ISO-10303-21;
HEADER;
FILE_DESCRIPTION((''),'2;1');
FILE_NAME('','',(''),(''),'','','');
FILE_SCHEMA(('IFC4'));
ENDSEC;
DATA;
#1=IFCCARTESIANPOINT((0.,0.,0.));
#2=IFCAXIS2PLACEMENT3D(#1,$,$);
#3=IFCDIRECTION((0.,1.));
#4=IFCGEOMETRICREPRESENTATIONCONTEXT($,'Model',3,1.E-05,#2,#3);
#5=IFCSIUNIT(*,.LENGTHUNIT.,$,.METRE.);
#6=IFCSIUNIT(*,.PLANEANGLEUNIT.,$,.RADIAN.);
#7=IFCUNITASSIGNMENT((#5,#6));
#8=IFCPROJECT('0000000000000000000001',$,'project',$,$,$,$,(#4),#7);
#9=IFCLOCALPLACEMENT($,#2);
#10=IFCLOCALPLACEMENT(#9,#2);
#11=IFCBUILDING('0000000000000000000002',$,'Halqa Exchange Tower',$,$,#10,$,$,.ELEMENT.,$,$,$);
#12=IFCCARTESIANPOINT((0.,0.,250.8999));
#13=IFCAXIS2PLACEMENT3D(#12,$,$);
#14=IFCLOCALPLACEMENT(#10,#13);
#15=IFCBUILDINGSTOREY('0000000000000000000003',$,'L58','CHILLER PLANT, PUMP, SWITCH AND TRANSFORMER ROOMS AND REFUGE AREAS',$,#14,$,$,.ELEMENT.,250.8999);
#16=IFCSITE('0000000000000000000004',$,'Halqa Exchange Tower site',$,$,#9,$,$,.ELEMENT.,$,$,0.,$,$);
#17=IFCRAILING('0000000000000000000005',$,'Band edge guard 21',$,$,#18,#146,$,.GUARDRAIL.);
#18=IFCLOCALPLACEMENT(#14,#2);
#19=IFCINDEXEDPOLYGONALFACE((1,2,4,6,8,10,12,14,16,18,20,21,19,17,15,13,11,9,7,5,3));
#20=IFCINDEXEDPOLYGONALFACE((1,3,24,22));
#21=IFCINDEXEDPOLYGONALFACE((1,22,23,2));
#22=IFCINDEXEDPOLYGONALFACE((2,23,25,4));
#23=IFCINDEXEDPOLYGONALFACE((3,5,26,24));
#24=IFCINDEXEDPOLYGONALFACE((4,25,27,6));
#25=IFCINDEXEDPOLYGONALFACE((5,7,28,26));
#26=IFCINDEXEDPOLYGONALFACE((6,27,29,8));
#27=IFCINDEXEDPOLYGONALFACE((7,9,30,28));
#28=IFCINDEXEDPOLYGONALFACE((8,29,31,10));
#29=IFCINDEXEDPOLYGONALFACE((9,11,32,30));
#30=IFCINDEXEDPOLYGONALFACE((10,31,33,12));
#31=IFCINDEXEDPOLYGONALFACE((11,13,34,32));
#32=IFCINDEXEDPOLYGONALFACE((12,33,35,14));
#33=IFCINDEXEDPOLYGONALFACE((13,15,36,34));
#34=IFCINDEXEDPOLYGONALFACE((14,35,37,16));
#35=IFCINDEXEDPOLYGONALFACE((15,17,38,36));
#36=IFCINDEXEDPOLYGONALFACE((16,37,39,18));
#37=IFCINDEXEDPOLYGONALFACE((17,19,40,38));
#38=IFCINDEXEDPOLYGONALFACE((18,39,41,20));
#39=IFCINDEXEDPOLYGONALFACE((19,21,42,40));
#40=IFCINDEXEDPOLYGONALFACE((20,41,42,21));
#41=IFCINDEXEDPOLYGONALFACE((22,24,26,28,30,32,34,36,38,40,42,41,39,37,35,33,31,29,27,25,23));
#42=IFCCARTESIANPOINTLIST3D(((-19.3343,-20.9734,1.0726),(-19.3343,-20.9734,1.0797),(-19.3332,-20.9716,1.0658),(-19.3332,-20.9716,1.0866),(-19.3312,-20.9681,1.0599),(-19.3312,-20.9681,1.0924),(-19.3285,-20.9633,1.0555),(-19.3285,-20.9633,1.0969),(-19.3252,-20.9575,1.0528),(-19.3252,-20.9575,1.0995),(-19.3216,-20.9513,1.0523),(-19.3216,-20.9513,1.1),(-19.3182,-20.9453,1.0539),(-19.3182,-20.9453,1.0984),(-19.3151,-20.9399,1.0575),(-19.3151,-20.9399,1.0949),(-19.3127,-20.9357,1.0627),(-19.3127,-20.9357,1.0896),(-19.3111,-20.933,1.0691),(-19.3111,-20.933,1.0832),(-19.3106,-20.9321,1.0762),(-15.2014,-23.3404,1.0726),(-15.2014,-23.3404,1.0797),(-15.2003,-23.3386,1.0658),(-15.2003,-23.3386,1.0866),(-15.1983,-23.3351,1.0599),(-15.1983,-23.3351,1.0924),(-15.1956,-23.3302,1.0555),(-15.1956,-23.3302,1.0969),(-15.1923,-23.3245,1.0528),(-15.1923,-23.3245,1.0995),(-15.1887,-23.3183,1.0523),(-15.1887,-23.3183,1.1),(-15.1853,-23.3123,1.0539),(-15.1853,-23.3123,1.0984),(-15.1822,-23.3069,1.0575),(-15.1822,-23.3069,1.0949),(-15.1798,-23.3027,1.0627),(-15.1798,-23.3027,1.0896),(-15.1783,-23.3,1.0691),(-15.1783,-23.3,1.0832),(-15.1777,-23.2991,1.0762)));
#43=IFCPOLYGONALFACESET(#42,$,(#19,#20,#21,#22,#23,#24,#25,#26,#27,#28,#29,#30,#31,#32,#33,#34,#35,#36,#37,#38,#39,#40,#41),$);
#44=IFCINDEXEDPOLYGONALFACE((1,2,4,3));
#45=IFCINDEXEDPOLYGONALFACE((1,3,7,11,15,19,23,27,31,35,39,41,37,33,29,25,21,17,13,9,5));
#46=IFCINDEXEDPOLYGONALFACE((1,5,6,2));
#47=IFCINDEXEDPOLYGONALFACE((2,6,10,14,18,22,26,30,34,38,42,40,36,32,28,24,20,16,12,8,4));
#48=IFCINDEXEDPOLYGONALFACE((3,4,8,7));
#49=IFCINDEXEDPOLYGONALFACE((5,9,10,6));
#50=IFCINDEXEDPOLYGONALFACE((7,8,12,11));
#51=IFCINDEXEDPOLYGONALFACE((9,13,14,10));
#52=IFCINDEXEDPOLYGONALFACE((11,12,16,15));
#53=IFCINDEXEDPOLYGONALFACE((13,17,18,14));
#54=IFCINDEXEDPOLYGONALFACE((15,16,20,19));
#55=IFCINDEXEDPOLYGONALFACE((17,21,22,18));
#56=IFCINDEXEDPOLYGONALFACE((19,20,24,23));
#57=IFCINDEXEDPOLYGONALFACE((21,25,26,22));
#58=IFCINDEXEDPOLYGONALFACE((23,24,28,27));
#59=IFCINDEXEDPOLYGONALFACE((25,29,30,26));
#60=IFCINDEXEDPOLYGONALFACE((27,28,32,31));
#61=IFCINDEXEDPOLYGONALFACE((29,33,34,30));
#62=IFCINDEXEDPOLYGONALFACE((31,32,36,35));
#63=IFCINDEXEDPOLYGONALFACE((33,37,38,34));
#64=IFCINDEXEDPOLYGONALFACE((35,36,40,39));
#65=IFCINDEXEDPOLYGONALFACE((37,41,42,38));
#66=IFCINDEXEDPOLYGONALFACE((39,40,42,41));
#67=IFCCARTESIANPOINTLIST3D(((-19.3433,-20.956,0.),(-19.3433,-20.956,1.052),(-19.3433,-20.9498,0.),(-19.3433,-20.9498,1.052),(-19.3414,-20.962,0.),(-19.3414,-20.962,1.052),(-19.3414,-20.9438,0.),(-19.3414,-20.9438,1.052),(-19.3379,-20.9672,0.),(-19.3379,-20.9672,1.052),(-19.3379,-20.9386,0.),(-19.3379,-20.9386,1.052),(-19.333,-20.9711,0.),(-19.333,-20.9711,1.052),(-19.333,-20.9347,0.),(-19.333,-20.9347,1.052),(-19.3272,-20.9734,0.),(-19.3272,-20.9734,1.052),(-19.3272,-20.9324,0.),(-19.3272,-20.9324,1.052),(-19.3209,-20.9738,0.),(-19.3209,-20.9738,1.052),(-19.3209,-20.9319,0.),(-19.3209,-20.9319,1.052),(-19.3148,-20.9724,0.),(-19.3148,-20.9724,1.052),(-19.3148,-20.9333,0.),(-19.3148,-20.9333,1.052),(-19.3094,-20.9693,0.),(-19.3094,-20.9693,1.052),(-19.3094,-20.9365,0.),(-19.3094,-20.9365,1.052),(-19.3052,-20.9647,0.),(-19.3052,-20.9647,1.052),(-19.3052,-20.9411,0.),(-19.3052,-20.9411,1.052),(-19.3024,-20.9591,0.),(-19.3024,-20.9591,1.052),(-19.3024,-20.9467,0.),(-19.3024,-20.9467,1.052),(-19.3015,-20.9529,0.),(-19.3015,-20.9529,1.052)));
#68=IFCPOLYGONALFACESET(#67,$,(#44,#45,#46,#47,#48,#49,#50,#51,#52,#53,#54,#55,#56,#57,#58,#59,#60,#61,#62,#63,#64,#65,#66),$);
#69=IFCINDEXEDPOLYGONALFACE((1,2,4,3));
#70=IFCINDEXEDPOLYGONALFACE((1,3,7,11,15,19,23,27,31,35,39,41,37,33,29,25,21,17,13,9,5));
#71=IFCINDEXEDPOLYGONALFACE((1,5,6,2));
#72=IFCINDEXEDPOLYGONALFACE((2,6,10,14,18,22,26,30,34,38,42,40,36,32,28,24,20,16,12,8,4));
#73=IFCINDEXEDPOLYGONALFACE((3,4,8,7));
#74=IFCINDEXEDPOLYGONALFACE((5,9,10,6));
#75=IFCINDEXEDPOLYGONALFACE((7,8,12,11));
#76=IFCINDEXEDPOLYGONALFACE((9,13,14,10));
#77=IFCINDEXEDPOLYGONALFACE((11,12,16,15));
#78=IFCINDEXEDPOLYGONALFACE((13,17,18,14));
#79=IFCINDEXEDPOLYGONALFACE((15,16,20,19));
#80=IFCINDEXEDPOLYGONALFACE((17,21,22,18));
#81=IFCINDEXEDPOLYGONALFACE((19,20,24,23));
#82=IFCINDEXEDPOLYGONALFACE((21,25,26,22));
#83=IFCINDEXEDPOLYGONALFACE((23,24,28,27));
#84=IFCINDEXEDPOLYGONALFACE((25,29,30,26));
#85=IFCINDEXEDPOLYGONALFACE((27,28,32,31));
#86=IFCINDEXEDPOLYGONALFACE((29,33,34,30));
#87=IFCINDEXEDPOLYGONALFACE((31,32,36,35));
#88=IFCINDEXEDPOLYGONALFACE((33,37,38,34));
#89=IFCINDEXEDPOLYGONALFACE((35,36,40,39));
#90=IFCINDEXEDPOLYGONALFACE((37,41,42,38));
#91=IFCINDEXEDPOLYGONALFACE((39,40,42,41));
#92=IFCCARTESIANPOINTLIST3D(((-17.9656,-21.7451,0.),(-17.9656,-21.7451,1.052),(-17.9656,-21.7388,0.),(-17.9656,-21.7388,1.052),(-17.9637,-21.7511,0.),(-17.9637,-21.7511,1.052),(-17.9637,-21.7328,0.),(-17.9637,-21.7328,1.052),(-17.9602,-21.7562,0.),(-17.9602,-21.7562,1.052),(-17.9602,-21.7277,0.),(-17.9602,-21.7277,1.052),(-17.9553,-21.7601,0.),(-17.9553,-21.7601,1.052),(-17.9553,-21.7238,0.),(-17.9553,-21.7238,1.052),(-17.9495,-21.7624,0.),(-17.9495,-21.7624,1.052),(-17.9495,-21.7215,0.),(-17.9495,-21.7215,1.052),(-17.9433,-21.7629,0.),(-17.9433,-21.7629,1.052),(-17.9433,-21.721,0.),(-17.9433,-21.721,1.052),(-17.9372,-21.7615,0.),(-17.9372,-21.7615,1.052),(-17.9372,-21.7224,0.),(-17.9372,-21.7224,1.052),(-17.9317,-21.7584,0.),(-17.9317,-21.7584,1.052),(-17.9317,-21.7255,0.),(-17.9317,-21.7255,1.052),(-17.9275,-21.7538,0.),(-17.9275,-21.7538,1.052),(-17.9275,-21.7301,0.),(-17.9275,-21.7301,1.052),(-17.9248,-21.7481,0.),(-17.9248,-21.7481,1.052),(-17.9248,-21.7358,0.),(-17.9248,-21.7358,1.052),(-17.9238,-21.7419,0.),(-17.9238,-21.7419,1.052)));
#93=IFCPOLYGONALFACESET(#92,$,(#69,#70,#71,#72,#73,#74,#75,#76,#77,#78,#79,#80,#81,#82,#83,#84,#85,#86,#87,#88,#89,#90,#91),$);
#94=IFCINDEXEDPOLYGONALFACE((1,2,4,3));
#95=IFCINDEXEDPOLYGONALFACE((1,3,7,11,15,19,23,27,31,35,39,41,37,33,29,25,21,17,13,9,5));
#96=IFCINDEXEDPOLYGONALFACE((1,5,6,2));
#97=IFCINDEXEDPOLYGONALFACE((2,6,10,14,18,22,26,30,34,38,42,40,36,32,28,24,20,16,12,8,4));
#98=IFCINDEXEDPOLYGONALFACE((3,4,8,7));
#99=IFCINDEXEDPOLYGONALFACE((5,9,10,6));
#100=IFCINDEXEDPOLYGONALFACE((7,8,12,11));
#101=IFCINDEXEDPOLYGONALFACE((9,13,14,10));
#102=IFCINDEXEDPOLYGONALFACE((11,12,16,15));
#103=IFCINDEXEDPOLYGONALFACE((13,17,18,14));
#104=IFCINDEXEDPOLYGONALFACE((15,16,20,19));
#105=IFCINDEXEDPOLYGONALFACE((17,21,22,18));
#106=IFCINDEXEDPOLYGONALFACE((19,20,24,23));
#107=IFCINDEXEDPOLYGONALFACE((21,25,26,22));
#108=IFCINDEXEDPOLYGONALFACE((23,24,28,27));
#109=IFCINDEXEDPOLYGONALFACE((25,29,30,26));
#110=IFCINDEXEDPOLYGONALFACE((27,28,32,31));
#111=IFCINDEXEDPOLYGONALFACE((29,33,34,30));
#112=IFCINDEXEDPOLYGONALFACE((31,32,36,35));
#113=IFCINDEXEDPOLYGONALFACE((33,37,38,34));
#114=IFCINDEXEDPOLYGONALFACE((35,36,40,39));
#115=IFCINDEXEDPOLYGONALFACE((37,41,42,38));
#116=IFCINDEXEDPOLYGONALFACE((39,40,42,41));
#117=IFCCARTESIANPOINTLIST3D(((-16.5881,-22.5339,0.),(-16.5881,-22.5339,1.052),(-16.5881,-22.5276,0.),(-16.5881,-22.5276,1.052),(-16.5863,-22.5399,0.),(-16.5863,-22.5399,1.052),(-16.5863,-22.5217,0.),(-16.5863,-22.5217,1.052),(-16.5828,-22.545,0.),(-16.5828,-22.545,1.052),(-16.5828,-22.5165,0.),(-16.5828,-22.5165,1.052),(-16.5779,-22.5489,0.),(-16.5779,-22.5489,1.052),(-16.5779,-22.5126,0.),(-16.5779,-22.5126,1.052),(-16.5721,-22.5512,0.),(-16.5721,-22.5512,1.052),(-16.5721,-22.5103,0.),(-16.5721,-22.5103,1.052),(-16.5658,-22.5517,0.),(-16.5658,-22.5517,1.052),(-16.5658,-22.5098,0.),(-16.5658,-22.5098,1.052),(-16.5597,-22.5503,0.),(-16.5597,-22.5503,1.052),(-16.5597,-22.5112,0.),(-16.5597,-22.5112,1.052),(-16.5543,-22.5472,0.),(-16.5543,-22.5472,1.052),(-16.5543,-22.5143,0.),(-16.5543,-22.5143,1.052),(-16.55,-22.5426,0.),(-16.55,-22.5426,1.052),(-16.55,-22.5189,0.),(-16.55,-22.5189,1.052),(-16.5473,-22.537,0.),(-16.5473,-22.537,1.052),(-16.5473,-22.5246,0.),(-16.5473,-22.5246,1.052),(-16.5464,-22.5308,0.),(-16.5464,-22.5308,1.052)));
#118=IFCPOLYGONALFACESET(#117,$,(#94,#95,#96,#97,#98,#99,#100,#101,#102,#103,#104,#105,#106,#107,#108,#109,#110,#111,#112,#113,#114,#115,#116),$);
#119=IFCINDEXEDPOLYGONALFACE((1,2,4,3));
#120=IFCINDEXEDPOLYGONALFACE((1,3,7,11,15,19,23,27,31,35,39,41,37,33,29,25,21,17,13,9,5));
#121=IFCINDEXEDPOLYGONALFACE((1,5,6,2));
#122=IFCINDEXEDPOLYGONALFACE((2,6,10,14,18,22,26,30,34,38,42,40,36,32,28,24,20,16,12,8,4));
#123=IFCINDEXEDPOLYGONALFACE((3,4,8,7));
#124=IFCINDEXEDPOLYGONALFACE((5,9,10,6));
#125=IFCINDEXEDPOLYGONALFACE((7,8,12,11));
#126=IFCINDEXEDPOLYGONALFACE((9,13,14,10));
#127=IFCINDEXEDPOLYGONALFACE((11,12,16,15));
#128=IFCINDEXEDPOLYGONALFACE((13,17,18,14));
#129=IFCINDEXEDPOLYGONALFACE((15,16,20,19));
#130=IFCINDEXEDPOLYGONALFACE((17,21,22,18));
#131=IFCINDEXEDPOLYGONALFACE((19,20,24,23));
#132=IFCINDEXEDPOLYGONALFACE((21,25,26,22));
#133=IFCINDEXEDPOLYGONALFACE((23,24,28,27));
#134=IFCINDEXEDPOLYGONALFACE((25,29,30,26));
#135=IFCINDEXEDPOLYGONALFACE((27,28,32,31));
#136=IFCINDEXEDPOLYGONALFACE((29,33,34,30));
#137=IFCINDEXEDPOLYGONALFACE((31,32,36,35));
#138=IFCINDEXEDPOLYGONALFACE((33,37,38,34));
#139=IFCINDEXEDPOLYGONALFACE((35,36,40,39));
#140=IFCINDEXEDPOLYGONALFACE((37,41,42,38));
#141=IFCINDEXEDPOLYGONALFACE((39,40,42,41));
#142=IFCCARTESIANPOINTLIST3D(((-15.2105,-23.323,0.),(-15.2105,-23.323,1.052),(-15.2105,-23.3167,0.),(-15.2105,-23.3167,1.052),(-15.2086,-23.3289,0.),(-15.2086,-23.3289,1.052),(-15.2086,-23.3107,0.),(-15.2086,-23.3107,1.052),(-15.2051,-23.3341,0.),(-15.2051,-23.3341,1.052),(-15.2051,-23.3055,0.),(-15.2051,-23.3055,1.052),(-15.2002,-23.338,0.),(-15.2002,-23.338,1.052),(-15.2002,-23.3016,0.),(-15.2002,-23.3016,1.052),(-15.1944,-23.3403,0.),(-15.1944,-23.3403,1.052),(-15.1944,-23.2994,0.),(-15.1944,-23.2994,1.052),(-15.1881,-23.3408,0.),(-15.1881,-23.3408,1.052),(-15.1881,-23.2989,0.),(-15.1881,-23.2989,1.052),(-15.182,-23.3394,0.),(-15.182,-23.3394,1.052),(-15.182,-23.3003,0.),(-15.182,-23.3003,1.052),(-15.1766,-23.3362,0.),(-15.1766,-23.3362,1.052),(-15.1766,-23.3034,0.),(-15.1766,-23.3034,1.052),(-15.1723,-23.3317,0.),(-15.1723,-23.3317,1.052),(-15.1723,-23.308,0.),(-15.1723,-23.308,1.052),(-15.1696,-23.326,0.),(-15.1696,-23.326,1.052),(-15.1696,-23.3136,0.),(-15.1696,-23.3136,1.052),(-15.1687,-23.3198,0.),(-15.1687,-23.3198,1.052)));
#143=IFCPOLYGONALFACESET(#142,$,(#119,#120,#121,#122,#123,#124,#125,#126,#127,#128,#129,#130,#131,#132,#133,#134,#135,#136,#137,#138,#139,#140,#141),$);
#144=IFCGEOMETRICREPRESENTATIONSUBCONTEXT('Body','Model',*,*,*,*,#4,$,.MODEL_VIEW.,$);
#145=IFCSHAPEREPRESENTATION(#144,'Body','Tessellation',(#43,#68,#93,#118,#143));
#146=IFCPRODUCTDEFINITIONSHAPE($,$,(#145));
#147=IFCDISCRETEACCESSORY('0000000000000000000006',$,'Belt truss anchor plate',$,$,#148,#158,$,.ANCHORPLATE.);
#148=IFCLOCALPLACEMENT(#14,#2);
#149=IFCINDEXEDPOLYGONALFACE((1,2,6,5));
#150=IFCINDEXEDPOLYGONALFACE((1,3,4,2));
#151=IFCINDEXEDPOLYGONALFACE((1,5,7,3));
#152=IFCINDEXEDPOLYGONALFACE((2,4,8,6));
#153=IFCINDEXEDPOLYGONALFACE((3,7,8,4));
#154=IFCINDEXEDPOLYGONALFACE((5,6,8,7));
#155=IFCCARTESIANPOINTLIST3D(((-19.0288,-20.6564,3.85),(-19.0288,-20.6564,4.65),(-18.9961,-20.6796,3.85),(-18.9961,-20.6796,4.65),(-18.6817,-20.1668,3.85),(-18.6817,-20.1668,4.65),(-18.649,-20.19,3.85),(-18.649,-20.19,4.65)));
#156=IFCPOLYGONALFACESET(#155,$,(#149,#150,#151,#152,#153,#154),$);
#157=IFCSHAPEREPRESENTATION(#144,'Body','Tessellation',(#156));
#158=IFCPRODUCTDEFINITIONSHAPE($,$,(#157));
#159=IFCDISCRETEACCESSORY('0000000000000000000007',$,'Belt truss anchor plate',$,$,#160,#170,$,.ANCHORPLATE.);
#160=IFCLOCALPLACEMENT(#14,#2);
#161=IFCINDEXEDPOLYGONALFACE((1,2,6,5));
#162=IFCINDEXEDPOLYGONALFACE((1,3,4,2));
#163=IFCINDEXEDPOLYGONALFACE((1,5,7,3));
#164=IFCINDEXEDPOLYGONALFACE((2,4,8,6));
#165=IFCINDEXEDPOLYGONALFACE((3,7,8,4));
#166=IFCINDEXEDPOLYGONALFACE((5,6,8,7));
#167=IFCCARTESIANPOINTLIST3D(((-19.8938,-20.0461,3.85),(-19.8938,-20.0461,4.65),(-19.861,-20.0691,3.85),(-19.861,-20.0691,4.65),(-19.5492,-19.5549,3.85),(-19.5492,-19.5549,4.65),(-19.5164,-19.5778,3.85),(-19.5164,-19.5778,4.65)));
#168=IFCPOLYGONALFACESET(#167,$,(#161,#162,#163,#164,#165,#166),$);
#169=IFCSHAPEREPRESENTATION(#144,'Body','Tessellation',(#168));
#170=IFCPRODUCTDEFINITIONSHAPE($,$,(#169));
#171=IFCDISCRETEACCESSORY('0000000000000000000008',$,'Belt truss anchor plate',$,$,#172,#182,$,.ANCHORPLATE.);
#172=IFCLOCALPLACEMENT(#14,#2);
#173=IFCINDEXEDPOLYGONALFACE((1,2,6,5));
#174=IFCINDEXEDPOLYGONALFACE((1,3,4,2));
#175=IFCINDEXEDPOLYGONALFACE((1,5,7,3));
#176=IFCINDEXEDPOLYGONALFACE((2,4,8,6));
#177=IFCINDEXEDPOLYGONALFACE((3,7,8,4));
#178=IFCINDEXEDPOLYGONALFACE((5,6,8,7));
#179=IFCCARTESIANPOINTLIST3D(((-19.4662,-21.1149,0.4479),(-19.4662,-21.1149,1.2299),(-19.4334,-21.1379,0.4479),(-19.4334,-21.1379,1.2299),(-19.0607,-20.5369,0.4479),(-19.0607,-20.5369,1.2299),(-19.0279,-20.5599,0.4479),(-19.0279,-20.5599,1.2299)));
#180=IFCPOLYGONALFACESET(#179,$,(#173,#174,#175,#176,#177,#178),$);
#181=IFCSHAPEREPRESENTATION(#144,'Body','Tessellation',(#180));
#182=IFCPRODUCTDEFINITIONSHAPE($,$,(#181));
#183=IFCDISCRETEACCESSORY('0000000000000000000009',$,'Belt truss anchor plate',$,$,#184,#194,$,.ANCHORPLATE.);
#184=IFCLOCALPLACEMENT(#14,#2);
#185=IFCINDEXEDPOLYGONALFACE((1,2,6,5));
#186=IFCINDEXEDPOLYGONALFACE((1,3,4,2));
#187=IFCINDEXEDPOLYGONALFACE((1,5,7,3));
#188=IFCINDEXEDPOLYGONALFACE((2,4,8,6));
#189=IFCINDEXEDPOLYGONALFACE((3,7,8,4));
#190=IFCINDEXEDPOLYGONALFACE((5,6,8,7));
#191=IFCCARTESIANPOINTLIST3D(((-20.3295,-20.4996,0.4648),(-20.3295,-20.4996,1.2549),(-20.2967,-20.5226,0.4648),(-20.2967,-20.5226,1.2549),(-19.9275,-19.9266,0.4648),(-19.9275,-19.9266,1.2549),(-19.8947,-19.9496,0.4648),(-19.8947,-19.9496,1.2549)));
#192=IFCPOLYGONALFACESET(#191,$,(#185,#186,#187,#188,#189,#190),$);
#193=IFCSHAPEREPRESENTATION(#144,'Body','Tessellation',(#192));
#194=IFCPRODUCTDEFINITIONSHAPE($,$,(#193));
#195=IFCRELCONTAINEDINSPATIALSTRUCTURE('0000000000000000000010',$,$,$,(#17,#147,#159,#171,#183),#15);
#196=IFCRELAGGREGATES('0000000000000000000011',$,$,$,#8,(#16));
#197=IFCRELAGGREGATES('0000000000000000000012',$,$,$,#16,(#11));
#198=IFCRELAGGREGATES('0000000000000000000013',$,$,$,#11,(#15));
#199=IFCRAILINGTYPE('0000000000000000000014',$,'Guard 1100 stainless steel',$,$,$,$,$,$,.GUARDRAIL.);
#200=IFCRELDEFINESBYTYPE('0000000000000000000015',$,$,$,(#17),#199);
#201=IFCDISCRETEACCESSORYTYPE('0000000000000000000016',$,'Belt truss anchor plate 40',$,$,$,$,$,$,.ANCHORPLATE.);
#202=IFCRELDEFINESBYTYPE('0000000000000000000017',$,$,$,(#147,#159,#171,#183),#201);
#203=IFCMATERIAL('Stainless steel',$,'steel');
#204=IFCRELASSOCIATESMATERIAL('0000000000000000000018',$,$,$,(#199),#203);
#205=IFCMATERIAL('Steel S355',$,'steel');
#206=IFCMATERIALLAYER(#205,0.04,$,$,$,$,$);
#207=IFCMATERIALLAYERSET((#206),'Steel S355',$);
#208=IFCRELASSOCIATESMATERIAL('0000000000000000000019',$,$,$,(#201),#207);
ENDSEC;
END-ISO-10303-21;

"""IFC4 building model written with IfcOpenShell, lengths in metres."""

from ifc_helpers import new_model, si_unit, direction, frame, origin, origin_2d, place, context, subcontext, project, spatial, rectangle, circle, extrude, material, layer, layer_set, type_object, element, save


model = new_model("IFC4")

# Units and contexts
model_context = context("Model", 3, precision=1e-05, world=origin(), true_north=direction((0.0, 1.0)))
body_context = subcontext(model_context, "Body", "Model", "MODEL_VIEW")
ifc_project = project(units=[si_unit("LENGTHUNIT", "METRE"), si_unit("PLANEANGLEUNIT", "RADIAN")], contexts=[model_context])

# Site, building, storey
site_placement = place(None, origin())
site = spatial("IfcSite", under=ifc_project, at=site_placement, Name="Halqa Exchange Tower site", CompositionType="ELEMENT", RefElevation=0.0)
building_placement = place(site_placement, origin())
building = spatial("IfcBuilding", under=site, at=building_placement, Name="Halqa Exchange Tower", CompositionType="ELEMENT")
storey_placement = place(building_placement, frame((0.0, 0.0, 250.8999)))
storey = spatial("IfcBuildingStorey", under=building, at=storey_placement, Name="L58", Description="CHILLER PLANT, PUMP, SWITCH AND TRANSFORMER ROOMS AND REFUGE AREAS", CompositionType="ELEMENT", Elevation=250.8999)

# Shared definitions
ifc_material_1 = material(Name="Steel S355", Category="steel")

# Railing
ifc_material_2 = material(Name="Stainless steel", Category="steel")
railing_type = type_object("IfcRailingType", Name="Guard 1100 stainless steel", PredefinedType="GUARDRAIL", material=ifc_material_2)
railing_placement = place(storey_placement, frame((-19.3225, -20.9529, 0.0)))
element("IfcRailing", 1, at=railing_placement, inside=storey, type_object=railing_type, Name="Band edge guard 21", PredefinedType="GUARDRAIL", context=body_context, shape_type="SweptSolid", body=[
    extrude(circle(Radius=0.0239, at=origin_2d()), frame((0.0, 0.0, 1.0762), z_axis=(0.86776, -0.496983, 0.0), x_axis=(0.496983, 0.86776, 0.0)), (0.0, 0.0, 1.0), 4.7627),
    extrude(circle(Radius=0.021, at=origin_2d()), origin(), (0.0, 0.0, 1.0), 1.052),
    extrude(circle(Radius=0.021, at=origin_2d()), frame((1.3777, -0.7891, 0.0)), (0.0, 0.0, 1.0), 1.052),
    extrude(circle(Radius=0.021, at=origin_2d()), frame((2.7551, -1.5779, 0.0)), (0.0, 0.0, 1.0), 1.052),
    extrude(circle(Radius=0.021, at=origin_2d()), frame((4.1328, -2.3669, 0.0)), (0.0, 0.0, 1.0), 1.052),
])

# Discrete accessories
ifc_layer_1 = layer(ifc_material_1, 0.04)
ifc_layer_set_1 = layer_set([ifc_layer_1], Name="Steel S355")
discrete_accessory_type = type_object("IfcDiscreteAccessoryType", Name="Belt truss anchor plate 40", PredefinedType="ANCHORPLATE", material=ifc_layer_set_1)
for number, where, z_axis, x_axis, name in (
    (2, (-18.8552, -20.4116, 4.25), (0.815785, -0.578355, 0.0), (0.578355, 0.815785, 0.0), "Belt truss anchor plate"),
    (3, (-19.6887, -19.8235, 4.25), (-0.818657, 0.574282, 0.0), (-0.574282, -0.818657, 0.0), "Belt truss anchor plate"),
):
    element("IfcDiscreteAccessory", number, at=place(storey_placement, frame(where, z_axis=z_axis, x_axis=x_axis)), inside=storey, type_object=discrete_accessory_type, Name=name, PredefinedType="ANCHORPLATE", context=body_context, shape_type="SweptSolid", body=[
        extrude(rectangle(XDim=0.6001, YDim=0.8, at=origin_2d()), origin(), (0.0, 0.0, 1.0), 0.04),
    ])
discrete_accessory_1_placement = place(storey_placement, frame((-19.2634, -20.8259, 0.8389), z_axis=(0.818657, -0.574282, 0.0), x_axis=(0.574282, 0.818657, 0.0)))
element("IfcDiscreteAccessory", 4, at=discrete_accessory_1_placement, inside=storey, type_object=discrete_accessory_type, Name="Belt truss anchor plate", PredefinedType="ANCHORPLATE", context=body_context, shape_type="SweptSolid", body=[
    extrude(rectangle(XDim=0.7061, YDim=0.782, at=origin_2d()), origin(), (0.0, 0.0, 1.0), 0.04),
])
discrete_accessory_2_placement = place(storey_placement, frame((-20.0957, -20.2361, 0.8599), z_axis=(-0.818657, 0.574282, 0.0), x_axis=(-0.574282, -0.818657, 0.0)))
element("IfcDiscreteAccessory", 5, at=discrete_accessory_2_placement, inside=storey, type_object=discrete_accessory_type, Name="Belt truss anchor plate", PredefinedType="ANCHORPLATE", context=body_context, shape_type="SweptSolid", body=[
    extrude(rectangle(XDim=0.7, YDim=0.79, at=origin_2d()), origin(), (0.0, 0.0, 1.0), 0.04),
])

save(model, "model.ifc")
